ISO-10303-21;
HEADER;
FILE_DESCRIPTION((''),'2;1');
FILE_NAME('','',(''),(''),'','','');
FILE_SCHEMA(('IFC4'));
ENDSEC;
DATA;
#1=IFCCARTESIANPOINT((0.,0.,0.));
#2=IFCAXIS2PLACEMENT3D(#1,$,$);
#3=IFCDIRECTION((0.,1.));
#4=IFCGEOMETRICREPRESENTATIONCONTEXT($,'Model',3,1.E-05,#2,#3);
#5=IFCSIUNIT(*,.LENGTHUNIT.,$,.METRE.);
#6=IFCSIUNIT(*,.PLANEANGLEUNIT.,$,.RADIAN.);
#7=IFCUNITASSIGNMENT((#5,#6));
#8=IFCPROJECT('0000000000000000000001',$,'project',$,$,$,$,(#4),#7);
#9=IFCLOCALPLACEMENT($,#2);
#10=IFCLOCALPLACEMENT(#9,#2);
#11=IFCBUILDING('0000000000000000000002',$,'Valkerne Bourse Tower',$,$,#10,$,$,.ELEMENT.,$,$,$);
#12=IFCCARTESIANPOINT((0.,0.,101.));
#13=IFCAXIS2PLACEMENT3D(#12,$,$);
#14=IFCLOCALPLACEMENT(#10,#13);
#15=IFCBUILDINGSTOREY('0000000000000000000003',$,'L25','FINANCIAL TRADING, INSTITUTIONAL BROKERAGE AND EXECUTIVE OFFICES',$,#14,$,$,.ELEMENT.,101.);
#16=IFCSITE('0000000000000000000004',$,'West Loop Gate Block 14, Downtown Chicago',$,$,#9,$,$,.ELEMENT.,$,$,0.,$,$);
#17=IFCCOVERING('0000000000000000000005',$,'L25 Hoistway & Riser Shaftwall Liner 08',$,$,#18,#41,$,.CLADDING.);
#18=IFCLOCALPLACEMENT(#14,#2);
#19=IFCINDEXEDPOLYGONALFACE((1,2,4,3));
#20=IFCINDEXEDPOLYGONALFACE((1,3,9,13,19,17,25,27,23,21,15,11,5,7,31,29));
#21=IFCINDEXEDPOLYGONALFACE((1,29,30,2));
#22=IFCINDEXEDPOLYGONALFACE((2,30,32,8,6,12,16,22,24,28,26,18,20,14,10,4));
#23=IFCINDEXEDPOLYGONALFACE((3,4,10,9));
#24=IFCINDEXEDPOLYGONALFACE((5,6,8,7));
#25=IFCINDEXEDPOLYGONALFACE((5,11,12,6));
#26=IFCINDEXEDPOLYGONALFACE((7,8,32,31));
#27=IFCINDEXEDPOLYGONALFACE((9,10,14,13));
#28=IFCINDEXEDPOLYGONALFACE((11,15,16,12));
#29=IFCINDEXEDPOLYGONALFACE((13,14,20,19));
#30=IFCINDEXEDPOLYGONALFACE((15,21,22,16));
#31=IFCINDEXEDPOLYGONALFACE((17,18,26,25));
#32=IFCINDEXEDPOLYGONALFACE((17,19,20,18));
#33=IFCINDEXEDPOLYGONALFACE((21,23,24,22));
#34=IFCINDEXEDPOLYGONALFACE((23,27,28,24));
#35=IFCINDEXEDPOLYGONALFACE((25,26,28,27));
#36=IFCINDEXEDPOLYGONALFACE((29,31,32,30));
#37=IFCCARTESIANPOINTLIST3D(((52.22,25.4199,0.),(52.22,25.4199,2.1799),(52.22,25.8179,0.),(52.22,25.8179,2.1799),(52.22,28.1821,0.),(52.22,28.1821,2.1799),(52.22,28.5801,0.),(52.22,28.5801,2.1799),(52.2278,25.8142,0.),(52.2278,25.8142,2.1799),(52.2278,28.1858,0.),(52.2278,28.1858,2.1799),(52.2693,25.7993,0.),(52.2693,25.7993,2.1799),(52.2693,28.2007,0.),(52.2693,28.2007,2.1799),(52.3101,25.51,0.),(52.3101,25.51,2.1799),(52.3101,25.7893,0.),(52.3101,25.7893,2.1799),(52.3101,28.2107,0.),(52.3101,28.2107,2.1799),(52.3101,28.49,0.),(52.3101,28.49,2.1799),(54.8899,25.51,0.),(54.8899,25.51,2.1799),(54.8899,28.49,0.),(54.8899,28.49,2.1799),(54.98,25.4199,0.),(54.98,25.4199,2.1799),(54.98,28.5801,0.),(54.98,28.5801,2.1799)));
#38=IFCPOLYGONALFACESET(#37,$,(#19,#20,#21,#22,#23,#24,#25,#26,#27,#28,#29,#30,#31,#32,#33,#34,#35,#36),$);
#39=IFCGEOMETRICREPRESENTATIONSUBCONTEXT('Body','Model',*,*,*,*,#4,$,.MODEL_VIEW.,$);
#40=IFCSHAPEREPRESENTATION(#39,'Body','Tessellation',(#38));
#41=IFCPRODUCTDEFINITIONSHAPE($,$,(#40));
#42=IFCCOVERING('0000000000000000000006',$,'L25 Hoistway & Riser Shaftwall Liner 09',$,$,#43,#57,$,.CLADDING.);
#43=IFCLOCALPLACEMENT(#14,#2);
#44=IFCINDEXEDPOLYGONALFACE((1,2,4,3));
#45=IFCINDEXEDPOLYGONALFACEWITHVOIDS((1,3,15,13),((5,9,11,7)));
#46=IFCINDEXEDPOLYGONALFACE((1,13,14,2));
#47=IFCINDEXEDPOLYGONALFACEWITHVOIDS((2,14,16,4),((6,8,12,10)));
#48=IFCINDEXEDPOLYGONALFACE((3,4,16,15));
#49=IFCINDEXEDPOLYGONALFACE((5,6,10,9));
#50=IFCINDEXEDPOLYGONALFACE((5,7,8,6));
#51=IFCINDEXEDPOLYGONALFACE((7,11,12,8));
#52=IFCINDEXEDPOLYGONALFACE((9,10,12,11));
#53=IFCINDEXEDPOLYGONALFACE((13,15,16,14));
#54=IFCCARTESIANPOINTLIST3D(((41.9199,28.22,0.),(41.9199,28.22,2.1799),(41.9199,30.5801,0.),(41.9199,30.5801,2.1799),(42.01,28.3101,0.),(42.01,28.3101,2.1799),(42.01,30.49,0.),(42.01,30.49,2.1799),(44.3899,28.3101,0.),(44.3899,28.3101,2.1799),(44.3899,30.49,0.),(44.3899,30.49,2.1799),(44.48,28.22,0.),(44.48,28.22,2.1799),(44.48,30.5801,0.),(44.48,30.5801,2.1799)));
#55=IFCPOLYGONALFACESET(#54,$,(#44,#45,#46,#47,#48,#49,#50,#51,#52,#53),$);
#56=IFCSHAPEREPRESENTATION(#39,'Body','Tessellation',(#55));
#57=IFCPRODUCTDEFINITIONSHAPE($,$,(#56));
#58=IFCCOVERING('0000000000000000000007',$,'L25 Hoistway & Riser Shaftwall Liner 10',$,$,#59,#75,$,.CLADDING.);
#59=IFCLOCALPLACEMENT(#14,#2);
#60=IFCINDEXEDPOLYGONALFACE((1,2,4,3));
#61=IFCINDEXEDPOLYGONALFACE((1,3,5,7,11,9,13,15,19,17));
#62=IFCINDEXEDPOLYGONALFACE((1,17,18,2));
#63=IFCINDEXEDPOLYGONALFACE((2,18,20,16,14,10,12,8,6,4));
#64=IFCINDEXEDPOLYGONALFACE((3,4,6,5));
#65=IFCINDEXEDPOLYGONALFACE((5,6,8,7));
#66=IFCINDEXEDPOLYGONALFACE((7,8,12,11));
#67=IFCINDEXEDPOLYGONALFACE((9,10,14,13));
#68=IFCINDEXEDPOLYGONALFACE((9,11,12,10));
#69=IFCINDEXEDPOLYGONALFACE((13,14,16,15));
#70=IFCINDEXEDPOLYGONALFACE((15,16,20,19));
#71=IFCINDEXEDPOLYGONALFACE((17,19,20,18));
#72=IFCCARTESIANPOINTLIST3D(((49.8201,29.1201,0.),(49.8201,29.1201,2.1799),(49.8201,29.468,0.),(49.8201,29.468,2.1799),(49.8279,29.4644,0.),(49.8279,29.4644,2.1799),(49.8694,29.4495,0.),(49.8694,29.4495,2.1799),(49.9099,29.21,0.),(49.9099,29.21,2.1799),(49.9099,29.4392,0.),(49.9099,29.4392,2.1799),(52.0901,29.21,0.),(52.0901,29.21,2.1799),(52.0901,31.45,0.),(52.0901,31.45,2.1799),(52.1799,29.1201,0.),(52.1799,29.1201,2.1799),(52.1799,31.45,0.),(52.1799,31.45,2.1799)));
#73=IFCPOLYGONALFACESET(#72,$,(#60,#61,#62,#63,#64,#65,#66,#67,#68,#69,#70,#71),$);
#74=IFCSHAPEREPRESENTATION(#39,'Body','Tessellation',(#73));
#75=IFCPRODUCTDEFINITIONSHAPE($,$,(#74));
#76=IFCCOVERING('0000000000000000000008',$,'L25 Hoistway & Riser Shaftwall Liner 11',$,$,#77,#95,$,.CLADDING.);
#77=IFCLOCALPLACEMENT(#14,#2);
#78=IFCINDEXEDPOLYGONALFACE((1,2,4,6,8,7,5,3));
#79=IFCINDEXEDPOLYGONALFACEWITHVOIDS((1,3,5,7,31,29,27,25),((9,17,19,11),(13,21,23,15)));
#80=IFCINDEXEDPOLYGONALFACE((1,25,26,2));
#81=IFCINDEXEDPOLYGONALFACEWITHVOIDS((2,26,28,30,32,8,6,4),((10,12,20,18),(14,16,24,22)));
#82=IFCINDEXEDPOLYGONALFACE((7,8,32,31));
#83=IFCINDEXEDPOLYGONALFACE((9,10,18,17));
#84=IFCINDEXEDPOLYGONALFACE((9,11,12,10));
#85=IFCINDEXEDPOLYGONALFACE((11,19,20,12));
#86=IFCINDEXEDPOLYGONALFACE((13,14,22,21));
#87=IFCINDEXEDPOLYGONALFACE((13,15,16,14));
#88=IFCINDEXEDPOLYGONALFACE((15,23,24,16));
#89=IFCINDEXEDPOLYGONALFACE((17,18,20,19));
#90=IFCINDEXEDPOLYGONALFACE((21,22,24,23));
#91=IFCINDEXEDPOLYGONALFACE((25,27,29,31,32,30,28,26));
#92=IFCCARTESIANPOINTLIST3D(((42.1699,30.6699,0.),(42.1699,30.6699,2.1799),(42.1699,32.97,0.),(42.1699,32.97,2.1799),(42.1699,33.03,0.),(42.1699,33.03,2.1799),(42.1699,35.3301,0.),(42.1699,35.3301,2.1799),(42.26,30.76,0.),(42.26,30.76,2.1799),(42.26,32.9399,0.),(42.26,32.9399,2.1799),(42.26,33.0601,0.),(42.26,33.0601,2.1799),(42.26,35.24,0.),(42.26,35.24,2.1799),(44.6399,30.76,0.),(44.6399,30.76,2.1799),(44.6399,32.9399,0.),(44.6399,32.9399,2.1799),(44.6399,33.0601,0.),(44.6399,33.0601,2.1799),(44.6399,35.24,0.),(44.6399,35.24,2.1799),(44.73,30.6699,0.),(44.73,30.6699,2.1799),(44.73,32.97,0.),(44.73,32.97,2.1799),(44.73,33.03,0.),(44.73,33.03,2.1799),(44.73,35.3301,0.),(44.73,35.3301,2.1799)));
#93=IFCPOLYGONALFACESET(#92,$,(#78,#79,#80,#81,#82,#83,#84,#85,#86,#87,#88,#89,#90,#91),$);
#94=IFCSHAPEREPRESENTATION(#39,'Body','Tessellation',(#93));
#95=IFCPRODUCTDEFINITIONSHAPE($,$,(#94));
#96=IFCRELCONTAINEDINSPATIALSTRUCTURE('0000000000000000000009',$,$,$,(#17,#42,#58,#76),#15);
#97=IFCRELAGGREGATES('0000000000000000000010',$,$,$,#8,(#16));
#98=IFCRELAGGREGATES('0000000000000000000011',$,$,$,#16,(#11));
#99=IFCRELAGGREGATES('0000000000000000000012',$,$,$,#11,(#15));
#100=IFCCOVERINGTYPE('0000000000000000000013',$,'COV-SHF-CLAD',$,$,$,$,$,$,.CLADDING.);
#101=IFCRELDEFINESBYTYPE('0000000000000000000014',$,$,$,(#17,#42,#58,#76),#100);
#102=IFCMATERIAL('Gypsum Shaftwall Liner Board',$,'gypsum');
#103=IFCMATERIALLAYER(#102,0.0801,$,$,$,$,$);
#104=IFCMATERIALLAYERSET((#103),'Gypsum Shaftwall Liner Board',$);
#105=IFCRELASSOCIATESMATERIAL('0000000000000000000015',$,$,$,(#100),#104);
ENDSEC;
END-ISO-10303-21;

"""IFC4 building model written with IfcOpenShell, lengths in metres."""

from ifc_helpers import new_model, si_unit, direction, frame, origin, place, context, subcontext, project, spatial, polyline, outline, extrude, material, layer, layer_set, type_object, element, save


model = new_model("IFC4")

# Units and contexts
model_context = context("Model", 3, precision=1e-05, world=origin(), true_north=direction((0.0, 1.0)))
body_context = subcontext(model_context, "Body", "Model", "MODEL_VIEW")
ifc_project = project(units=[si_unit("LENGTHUNIT", "METRE"), si_unit("PLANEANGLEUNIT", "RADIAN")], contexts=[model_context])

# Site, building, storey
site_placement = place(None, origin())
site = spatial("IfcSite", under=ifc_project, at=site_placement, Name="West Loop Gate Block 14, Downtown Chicago", CompositionType="ELEMENT", RefElevation=0.0)
building_placement = place(site_placement, origin())
building = spatial("IfcBuilding", under=site, at=building_placement, Name="Valkerne Bourse Tower", CompositionType="ELEMENT")
storey_placement = place(building_placement, frame((0.0, 0.0, 101.0)))
storey = spatial("IfcBuildingStorey", under=building, at=storey_placement, Name="L25", Description="FINANCIAL TRADING, INSTITUTIONAL BROKERAGE AND EXECUTIVE OFFICES", CompositionType="ELEMENT", Elevation=101.0)

# Coverings
ifc_material_1 = material(Name="Gypsum Shaftwall Liner Board", Category="gypsum")
ifc_layer_1 = layer(ifc_material_1, 0.0801)
ifc_layer_set_1 = layer_set([ifc_layer_1], Name="Gypsum Shaftwall Liner Board")
covering_type_1 = type_object("IfcCoveringType", Name="COV-SHF-CLAD", PredefinedType="CLADDING", material=ifc_layer_set_1)
covering_1_placement = place(storey_placement, origin())
element("IfcCovering", 1, at=covering_1_placement, inside=storey, type_object=covering_type_1, Name="L25 Hoistway & Riser Shaftwall Liner 08", PredefinedType="CLADDING", context=body_context, shape_type="SweptSolid", body=[
    extrude(outline(polyline([(54.98, 25.4199), (52.22, 25.4199), (52.22, 25.8179), (52.2278, 25.8142), (52.2693, 25.7993), (52.3101, 25.7893), (52.3101, 25.51), (54.8899, 25.51), (54.8899, 28.49), (52.3101, 28.49), (52.3101, 28.2107), (52.2693, 28.2007), (52.2278, 28.1858), (52.22, 28.1821), (52.22, 28.5801), (54.98, 28.5801), (54.98, 25.4199)])), origin(), (0.0, 0.0, 1.0), 2.1799),
])
covering_2_placement = place(storey_placement, origin())
element("IfcCovering", 2, at=covering_2_placement, inside=storey, type_object=covering_type_1, Name="L25 Hoistway & Riser Shaftwall Liner 09", PredefinedType="CLADDING", context=body_context, shape_type="SweptSolid", body=[
    extrude(outline(polyline([(44.48, 28.22), (41.9199, 28.22), (41.9199, 30.5801), (44.48, 30.5801), (44.48, 28.22)]), holes=[polyline([(42.01, 30.49), (42.01, 28.3101), (44.3899, 28.3101), (44.3899, 30.49), (42.01, 30.49)])]), origin(), (0.0, 0.0, 1.0), 2.1799),
])
covering_3_placement = place(storey_placement, origin())
element("IfcCovering", 3, at=covering_3_placement, inside=storey, type_object=covering_type_1, Name="L25 Hoistway & Riser Shaftwall Liner 10", PredefinedType="CLADDING", context=body_context, shape_type="SweptSolid", body=[
    extrude(outline(polyline([(49.8201, 29.1201), (49.8201, 29.468), (49.8279, 29.4644), (49.8694, 29.4495), (49.9099, 29.4392), (49.9099, 29.21), (52.0901, 29.21), (52.0901, 31.45), (52.1799, 31.45), (52.1799, 29.1201), (49.8201, 29.1201)])), origin(), (0.0, 0.0, 1.0), 2.1799),
])
covering_4_placement = place(storey_placement, origin())
element("IfcCovering", 4, at=covering_4_placement, inside=storey, type_object=covering_type_1, Name="L25 Hoistway & Riser Shaftwall Liner 11", PredefinedType="CLADDING", context=body_context, shape_type="SweptSolid", body=[
    extrude(outline(polyline([(44.73, 35.3301), (44.73, 33.03), (44.73, 32.97), (44.73, 30.6699), (42.1699, 30.6699), (42.1699, 32.97), (42.1699, 33.03), (42.1699, 35.3301), (44.73, 35.3301)]), holes=[polyline([(42.26, 30.76), (44.6399, 30.76), (44.6399, 32.9399), (42.26, 32.9399), (42.26, 30.76)]), polyline([(42.26, 33.0601), (44.6399, 33.0601), (44.6399, 35.24), (42.26, 35.24), (42.26, 33.0601)])]), origin(), (0.0, 0.0, 1.0), 2.1799),
])

save(model, "model.ifc")
